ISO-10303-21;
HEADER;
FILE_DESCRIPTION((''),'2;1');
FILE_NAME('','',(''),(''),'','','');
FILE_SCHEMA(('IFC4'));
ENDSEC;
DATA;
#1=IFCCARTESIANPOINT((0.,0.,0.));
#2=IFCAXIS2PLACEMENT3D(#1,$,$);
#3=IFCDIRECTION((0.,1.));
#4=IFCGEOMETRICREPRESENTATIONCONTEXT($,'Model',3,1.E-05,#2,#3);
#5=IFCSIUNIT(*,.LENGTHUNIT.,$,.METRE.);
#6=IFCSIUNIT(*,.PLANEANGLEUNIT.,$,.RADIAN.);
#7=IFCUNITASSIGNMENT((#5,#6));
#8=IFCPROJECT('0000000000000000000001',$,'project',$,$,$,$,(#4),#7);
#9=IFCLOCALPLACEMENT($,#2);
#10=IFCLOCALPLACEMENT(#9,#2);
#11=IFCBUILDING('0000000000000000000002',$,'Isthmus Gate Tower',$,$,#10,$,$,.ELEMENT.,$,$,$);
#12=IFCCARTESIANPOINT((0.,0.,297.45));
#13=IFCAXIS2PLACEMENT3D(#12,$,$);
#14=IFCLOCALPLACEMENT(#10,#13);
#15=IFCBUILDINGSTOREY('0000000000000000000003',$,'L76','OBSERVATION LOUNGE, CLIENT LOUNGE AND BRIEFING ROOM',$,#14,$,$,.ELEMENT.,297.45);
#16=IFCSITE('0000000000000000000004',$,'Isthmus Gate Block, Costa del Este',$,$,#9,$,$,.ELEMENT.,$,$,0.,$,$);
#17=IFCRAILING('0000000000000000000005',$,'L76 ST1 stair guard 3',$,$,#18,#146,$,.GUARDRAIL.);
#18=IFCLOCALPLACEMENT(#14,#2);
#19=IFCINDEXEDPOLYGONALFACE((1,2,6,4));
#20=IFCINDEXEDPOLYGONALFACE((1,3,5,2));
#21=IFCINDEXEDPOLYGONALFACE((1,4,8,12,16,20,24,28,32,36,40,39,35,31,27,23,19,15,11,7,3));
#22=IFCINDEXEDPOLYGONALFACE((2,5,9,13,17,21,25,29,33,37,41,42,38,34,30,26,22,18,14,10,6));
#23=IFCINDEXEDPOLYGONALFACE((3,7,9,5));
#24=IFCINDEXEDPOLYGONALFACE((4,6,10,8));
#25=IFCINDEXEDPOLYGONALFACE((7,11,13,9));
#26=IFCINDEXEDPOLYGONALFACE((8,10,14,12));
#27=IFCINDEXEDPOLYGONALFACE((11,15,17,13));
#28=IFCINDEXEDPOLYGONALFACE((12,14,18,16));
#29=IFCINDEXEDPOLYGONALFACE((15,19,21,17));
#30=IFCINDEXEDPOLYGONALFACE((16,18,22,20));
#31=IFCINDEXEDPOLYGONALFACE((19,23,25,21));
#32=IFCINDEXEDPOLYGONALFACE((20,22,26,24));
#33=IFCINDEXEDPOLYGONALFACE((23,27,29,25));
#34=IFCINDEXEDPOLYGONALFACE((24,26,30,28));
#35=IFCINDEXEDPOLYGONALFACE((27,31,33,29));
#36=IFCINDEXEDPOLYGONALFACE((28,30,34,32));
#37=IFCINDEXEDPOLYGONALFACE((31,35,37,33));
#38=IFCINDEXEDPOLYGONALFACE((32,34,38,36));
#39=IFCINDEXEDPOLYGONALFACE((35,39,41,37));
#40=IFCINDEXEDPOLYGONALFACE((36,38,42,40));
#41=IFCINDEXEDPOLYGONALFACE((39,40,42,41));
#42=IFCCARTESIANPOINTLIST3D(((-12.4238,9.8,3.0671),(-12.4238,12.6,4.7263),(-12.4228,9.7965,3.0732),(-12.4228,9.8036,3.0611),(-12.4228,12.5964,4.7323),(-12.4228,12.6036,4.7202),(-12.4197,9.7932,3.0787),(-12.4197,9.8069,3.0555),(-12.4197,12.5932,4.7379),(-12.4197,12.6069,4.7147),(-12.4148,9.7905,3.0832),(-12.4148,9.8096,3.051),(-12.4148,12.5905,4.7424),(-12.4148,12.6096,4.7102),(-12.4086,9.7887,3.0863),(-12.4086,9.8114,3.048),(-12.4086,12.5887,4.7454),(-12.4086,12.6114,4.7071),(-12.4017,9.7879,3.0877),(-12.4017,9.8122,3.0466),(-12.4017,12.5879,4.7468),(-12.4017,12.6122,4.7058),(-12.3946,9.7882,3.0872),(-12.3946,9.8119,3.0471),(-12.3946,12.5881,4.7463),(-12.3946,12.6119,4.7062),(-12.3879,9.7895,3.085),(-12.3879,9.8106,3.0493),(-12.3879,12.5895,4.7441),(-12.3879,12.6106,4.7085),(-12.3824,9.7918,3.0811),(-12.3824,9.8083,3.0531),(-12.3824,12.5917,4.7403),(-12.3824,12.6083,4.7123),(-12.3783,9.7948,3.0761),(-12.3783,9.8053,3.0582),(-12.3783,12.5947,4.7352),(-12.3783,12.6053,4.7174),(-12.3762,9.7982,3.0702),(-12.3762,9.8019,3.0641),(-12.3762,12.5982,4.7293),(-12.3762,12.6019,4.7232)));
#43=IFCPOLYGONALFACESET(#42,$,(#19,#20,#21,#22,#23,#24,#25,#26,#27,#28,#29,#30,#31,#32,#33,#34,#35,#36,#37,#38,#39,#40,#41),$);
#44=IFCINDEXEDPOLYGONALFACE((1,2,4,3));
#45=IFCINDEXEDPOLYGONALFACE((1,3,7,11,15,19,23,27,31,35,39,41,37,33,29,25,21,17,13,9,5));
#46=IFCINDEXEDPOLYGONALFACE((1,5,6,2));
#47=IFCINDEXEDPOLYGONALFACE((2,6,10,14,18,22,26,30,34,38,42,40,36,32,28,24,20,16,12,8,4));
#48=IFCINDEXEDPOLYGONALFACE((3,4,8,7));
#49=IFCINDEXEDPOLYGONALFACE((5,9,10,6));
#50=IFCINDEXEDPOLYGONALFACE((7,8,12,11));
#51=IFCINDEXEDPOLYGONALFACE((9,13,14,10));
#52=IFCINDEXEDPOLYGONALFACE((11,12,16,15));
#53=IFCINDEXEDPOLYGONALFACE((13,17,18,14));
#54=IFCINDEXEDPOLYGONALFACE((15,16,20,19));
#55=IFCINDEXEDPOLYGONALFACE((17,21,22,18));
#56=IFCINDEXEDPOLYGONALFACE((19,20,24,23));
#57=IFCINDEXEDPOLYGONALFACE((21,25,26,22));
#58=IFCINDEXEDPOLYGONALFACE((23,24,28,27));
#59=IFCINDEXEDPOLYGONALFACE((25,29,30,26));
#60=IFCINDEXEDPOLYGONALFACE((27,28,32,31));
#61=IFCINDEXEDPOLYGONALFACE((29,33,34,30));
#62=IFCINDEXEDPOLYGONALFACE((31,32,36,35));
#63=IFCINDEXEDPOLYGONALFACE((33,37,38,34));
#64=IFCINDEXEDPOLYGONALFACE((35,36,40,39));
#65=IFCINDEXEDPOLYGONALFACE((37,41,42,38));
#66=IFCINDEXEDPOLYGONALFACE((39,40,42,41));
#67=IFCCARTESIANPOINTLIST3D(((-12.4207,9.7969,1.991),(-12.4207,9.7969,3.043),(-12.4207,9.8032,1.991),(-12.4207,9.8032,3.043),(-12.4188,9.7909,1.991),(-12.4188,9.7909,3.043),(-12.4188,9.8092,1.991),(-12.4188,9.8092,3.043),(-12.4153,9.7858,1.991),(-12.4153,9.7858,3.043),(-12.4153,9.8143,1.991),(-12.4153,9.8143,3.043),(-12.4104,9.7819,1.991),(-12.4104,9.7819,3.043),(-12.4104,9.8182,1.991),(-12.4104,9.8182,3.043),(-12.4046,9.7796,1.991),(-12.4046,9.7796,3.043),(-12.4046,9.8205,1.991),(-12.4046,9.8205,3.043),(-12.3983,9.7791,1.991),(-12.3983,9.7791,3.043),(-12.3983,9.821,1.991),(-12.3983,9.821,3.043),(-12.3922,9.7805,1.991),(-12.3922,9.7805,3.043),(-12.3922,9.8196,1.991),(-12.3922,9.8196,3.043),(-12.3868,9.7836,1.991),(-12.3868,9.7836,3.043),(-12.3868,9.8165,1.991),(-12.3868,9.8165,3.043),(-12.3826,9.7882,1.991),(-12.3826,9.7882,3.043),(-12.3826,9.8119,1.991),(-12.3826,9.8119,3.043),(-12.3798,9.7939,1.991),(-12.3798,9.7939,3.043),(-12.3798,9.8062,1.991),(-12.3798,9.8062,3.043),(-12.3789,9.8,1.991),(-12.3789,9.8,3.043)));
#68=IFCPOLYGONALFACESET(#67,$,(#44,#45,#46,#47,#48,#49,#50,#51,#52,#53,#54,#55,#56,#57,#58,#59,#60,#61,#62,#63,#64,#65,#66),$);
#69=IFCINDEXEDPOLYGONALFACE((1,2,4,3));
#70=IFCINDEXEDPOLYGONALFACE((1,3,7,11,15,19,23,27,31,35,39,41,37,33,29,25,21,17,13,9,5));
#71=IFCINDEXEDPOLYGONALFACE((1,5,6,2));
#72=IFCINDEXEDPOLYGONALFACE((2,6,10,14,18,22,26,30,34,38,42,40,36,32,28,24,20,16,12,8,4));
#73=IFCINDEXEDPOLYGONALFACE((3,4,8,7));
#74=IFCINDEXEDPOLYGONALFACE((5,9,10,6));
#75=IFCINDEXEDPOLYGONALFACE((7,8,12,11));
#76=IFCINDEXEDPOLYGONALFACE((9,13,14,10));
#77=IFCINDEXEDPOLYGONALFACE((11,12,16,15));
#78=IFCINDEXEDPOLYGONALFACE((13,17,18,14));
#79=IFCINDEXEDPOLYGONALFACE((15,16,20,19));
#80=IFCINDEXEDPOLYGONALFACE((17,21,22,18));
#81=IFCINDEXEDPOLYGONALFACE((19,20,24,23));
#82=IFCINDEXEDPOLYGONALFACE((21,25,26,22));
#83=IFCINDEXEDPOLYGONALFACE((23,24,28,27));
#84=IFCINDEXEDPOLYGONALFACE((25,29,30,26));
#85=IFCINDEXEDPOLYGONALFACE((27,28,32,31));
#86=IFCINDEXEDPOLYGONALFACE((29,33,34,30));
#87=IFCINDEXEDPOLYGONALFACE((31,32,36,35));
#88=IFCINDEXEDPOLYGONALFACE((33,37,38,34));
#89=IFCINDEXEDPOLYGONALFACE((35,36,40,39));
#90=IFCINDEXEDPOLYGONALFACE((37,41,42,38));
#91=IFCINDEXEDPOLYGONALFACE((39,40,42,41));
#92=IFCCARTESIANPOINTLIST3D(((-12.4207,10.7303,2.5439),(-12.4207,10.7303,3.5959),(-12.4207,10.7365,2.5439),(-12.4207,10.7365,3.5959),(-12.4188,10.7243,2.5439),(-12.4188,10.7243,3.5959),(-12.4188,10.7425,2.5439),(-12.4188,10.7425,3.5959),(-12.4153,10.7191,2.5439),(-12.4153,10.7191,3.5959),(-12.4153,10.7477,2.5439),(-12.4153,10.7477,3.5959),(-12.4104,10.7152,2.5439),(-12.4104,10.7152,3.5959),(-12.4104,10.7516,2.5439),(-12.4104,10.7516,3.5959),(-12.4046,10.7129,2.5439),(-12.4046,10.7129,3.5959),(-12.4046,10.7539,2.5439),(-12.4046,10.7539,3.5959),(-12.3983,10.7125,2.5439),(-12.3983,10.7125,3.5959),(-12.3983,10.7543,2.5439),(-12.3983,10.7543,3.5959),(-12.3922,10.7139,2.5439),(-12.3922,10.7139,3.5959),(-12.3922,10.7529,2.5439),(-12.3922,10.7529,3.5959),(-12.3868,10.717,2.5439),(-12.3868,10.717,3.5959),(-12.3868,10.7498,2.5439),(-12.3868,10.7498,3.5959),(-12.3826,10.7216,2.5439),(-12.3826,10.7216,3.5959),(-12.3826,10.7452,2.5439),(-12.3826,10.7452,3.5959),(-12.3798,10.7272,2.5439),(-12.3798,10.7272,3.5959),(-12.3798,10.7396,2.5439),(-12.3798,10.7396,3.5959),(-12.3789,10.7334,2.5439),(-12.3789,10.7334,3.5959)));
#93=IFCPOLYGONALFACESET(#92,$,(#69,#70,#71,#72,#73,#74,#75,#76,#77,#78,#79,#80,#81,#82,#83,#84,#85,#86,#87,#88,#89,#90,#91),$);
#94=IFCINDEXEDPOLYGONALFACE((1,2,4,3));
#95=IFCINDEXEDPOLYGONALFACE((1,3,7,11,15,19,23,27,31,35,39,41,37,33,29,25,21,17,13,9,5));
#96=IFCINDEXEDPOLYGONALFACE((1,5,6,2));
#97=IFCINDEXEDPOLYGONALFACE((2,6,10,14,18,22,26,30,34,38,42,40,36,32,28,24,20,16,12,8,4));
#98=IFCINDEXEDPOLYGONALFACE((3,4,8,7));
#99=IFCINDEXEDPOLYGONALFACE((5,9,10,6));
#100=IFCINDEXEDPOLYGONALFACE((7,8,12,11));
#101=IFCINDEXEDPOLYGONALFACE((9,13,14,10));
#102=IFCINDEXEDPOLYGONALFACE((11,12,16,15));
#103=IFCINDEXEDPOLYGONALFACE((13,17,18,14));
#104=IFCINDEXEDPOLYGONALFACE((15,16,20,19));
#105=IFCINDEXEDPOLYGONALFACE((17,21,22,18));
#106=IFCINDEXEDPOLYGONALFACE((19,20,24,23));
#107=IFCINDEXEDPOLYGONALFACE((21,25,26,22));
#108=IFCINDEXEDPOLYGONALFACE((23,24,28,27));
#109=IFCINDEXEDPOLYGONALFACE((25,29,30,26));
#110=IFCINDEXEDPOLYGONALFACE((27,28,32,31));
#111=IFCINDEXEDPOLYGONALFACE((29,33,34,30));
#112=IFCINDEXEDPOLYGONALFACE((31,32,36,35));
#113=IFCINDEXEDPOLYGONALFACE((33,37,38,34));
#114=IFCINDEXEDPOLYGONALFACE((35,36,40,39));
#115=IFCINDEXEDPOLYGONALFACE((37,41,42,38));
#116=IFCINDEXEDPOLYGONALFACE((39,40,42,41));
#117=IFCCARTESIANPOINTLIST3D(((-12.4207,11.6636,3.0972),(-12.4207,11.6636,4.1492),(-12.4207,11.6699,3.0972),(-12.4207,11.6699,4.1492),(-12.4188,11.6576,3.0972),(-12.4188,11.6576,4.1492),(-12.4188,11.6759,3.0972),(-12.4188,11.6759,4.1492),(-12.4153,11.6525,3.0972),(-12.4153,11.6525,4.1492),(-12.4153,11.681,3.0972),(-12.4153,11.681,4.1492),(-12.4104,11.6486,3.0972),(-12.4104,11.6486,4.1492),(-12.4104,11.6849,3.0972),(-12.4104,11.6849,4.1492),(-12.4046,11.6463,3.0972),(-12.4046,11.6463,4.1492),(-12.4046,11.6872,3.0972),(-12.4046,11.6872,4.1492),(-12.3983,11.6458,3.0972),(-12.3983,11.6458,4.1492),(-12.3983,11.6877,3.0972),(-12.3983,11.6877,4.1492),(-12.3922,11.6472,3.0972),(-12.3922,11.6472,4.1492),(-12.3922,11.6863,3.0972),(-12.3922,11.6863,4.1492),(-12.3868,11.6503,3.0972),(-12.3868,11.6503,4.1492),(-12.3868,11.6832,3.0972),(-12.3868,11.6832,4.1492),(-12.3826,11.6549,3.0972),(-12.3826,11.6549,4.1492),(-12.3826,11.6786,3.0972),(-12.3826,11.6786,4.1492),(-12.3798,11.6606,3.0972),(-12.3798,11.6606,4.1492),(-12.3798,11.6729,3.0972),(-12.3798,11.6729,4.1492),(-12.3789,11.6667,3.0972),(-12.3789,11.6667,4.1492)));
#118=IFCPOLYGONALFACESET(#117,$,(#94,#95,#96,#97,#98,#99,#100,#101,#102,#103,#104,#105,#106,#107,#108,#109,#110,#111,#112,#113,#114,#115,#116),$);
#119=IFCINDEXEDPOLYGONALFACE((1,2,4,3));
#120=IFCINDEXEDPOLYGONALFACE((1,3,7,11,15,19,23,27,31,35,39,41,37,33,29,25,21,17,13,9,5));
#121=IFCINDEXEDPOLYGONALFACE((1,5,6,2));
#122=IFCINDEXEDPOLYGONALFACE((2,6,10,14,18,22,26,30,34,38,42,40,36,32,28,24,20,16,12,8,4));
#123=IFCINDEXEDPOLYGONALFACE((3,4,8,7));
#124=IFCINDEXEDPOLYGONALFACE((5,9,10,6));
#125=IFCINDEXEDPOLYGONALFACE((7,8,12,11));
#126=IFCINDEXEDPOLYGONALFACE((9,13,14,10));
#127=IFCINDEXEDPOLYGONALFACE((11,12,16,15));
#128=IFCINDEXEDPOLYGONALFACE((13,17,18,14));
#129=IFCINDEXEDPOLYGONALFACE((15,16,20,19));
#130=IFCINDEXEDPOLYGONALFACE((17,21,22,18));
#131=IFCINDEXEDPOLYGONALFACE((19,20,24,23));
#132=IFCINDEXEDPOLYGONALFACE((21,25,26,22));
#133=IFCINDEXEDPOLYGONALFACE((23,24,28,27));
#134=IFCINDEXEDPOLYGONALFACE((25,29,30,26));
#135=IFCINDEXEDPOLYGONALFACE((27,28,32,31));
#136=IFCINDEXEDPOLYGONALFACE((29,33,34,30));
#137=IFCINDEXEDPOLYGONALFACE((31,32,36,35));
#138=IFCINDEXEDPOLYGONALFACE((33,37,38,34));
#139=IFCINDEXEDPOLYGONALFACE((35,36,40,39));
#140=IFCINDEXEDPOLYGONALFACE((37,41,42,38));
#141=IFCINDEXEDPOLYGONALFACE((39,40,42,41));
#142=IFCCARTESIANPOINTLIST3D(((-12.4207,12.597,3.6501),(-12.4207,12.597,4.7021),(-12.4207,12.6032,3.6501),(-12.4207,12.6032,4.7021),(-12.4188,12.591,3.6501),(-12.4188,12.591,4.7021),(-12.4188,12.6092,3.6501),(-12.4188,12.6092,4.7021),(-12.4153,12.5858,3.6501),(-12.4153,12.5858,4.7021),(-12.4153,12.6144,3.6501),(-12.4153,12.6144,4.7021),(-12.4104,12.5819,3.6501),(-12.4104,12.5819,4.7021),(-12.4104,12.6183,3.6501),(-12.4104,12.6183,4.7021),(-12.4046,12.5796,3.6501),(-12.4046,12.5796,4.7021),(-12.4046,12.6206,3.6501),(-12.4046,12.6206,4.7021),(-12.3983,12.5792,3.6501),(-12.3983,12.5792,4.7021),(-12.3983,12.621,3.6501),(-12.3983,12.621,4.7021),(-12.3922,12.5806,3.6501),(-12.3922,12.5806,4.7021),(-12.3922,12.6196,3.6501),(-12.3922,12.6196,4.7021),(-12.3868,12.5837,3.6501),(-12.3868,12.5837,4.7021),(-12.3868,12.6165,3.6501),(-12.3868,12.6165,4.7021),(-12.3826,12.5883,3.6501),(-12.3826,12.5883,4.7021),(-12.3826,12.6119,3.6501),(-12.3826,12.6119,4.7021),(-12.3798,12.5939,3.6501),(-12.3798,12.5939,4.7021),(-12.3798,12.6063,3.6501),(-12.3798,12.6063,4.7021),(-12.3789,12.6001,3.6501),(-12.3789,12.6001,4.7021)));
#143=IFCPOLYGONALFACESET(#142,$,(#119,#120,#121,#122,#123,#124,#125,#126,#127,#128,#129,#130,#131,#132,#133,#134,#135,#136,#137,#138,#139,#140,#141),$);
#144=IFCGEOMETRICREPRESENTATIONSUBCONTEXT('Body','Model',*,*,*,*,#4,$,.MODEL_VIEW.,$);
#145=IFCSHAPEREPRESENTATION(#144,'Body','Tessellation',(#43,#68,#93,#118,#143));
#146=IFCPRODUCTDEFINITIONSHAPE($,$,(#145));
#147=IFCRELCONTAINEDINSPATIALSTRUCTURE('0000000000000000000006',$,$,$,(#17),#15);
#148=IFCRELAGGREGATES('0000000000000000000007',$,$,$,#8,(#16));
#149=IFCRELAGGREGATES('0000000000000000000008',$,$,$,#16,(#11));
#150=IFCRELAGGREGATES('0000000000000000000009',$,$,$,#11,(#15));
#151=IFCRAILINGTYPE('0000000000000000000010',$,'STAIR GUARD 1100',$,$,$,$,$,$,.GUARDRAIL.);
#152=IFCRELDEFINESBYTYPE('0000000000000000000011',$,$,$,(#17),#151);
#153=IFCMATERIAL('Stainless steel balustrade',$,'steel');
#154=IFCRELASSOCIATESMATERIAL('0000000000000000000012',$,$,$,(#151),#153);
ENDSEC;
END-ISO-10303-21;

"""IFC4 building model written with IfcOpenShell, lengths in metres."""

from ifc_helpers import new_model, si_unit, direction, frame, origin, origin_2d, place, context, subcontext, project, spatial, circle, extrude, material, type_object, element, save


model = new_model("IFC4")

# Units and contexts
model_context = context("Model", 3, precision=1e-05, world=origin(), true_north=direction((0.0, 1.0)))
body_context = subcontext(model_context, "Body", "Model", "MODEL_VIEW")
ifc_project = project(units=[si_unit("LENGTHUNIT", "METRE"), si_unit("PLANEANGLEUNIT", "RADIAN")], contexts=[model_context])

# Site, building, storey
site_placement = place(None, origin())
site = spatial("IfcSite", under=ifc_project, at=site_placement, Name="Isthmus Gate Block, Costa del Este", CompositionType="ELEMENT", RefElevation=0.0)
building_placement = place(site_placement, origin())
building = spatial("IfcBuilding", under=site, at=building_placement, Name="Isthmus Gate Tower", CompositionType="ELEMENT")
storey_placement = place(building_placement, frame((0.0, 0.0, 297.45)))
storey = spatial("IfcBuildingStorey", under=building, at=storey_placement, Name="L76", Description="OBSERVATION LOUNGE, CLIENT LOUNGE AND BRIEFING ROOM", CompositionType="ELEMENT", Elevation=297.45)

# Railing
ifc_material_1 = material(Name="Stainless steel balustrade", Category="steel")
railing_type_1 = type_object("IfcRailingType", Name="STAIR GUARD 1100", PredefinedType="GUARDRAIL", material=ifc_material_1)
railing_1_placement = place(storey_placement, frame((-12.3999, 9.8, 1.991)))
element("IfcRailing", 1, at=railing_1_placement, inside=storey, type_object=railing_type_1, Name="L76 ST1 stair guard 3", PredefinedType="GUARDRAIL", context=body_context, shape_type="SweptSolid", body=[
    extrude(circle(Radius=0.0239, at=origin_2d()), frame((0.0, 0.0, 1.0762), z_axis=(0.0, 0.860306, 0.509778), x_axis=(-1.0, 0.0, 0.0)), (0.0, 0.0, 1.0), 3.2546),
    extrude(circle(Radius=0.021, at=origin_2d()), origin(), (0.0, 0.0, 1.0), 1.052),
    extrude(circle(Radius=0.021, at=origin_2d()), frame((0.0, 0.9333, 0.553)), (0.0, 0.0, 1.0), 1.052),
    extrude(circle(Radius=0.021, at=origin_2d()), frame((0.0, 1.8667, 1.1062)), (0.0, 0.0, 1.0), 1.052),
    extrude(circle(Radius=0.021, at=origin_2d()), frame((0.0, 2.8, 1.6592)), (0.0, 0.0, 1.0), 1.052),
])

save(model, "model.ifc")
